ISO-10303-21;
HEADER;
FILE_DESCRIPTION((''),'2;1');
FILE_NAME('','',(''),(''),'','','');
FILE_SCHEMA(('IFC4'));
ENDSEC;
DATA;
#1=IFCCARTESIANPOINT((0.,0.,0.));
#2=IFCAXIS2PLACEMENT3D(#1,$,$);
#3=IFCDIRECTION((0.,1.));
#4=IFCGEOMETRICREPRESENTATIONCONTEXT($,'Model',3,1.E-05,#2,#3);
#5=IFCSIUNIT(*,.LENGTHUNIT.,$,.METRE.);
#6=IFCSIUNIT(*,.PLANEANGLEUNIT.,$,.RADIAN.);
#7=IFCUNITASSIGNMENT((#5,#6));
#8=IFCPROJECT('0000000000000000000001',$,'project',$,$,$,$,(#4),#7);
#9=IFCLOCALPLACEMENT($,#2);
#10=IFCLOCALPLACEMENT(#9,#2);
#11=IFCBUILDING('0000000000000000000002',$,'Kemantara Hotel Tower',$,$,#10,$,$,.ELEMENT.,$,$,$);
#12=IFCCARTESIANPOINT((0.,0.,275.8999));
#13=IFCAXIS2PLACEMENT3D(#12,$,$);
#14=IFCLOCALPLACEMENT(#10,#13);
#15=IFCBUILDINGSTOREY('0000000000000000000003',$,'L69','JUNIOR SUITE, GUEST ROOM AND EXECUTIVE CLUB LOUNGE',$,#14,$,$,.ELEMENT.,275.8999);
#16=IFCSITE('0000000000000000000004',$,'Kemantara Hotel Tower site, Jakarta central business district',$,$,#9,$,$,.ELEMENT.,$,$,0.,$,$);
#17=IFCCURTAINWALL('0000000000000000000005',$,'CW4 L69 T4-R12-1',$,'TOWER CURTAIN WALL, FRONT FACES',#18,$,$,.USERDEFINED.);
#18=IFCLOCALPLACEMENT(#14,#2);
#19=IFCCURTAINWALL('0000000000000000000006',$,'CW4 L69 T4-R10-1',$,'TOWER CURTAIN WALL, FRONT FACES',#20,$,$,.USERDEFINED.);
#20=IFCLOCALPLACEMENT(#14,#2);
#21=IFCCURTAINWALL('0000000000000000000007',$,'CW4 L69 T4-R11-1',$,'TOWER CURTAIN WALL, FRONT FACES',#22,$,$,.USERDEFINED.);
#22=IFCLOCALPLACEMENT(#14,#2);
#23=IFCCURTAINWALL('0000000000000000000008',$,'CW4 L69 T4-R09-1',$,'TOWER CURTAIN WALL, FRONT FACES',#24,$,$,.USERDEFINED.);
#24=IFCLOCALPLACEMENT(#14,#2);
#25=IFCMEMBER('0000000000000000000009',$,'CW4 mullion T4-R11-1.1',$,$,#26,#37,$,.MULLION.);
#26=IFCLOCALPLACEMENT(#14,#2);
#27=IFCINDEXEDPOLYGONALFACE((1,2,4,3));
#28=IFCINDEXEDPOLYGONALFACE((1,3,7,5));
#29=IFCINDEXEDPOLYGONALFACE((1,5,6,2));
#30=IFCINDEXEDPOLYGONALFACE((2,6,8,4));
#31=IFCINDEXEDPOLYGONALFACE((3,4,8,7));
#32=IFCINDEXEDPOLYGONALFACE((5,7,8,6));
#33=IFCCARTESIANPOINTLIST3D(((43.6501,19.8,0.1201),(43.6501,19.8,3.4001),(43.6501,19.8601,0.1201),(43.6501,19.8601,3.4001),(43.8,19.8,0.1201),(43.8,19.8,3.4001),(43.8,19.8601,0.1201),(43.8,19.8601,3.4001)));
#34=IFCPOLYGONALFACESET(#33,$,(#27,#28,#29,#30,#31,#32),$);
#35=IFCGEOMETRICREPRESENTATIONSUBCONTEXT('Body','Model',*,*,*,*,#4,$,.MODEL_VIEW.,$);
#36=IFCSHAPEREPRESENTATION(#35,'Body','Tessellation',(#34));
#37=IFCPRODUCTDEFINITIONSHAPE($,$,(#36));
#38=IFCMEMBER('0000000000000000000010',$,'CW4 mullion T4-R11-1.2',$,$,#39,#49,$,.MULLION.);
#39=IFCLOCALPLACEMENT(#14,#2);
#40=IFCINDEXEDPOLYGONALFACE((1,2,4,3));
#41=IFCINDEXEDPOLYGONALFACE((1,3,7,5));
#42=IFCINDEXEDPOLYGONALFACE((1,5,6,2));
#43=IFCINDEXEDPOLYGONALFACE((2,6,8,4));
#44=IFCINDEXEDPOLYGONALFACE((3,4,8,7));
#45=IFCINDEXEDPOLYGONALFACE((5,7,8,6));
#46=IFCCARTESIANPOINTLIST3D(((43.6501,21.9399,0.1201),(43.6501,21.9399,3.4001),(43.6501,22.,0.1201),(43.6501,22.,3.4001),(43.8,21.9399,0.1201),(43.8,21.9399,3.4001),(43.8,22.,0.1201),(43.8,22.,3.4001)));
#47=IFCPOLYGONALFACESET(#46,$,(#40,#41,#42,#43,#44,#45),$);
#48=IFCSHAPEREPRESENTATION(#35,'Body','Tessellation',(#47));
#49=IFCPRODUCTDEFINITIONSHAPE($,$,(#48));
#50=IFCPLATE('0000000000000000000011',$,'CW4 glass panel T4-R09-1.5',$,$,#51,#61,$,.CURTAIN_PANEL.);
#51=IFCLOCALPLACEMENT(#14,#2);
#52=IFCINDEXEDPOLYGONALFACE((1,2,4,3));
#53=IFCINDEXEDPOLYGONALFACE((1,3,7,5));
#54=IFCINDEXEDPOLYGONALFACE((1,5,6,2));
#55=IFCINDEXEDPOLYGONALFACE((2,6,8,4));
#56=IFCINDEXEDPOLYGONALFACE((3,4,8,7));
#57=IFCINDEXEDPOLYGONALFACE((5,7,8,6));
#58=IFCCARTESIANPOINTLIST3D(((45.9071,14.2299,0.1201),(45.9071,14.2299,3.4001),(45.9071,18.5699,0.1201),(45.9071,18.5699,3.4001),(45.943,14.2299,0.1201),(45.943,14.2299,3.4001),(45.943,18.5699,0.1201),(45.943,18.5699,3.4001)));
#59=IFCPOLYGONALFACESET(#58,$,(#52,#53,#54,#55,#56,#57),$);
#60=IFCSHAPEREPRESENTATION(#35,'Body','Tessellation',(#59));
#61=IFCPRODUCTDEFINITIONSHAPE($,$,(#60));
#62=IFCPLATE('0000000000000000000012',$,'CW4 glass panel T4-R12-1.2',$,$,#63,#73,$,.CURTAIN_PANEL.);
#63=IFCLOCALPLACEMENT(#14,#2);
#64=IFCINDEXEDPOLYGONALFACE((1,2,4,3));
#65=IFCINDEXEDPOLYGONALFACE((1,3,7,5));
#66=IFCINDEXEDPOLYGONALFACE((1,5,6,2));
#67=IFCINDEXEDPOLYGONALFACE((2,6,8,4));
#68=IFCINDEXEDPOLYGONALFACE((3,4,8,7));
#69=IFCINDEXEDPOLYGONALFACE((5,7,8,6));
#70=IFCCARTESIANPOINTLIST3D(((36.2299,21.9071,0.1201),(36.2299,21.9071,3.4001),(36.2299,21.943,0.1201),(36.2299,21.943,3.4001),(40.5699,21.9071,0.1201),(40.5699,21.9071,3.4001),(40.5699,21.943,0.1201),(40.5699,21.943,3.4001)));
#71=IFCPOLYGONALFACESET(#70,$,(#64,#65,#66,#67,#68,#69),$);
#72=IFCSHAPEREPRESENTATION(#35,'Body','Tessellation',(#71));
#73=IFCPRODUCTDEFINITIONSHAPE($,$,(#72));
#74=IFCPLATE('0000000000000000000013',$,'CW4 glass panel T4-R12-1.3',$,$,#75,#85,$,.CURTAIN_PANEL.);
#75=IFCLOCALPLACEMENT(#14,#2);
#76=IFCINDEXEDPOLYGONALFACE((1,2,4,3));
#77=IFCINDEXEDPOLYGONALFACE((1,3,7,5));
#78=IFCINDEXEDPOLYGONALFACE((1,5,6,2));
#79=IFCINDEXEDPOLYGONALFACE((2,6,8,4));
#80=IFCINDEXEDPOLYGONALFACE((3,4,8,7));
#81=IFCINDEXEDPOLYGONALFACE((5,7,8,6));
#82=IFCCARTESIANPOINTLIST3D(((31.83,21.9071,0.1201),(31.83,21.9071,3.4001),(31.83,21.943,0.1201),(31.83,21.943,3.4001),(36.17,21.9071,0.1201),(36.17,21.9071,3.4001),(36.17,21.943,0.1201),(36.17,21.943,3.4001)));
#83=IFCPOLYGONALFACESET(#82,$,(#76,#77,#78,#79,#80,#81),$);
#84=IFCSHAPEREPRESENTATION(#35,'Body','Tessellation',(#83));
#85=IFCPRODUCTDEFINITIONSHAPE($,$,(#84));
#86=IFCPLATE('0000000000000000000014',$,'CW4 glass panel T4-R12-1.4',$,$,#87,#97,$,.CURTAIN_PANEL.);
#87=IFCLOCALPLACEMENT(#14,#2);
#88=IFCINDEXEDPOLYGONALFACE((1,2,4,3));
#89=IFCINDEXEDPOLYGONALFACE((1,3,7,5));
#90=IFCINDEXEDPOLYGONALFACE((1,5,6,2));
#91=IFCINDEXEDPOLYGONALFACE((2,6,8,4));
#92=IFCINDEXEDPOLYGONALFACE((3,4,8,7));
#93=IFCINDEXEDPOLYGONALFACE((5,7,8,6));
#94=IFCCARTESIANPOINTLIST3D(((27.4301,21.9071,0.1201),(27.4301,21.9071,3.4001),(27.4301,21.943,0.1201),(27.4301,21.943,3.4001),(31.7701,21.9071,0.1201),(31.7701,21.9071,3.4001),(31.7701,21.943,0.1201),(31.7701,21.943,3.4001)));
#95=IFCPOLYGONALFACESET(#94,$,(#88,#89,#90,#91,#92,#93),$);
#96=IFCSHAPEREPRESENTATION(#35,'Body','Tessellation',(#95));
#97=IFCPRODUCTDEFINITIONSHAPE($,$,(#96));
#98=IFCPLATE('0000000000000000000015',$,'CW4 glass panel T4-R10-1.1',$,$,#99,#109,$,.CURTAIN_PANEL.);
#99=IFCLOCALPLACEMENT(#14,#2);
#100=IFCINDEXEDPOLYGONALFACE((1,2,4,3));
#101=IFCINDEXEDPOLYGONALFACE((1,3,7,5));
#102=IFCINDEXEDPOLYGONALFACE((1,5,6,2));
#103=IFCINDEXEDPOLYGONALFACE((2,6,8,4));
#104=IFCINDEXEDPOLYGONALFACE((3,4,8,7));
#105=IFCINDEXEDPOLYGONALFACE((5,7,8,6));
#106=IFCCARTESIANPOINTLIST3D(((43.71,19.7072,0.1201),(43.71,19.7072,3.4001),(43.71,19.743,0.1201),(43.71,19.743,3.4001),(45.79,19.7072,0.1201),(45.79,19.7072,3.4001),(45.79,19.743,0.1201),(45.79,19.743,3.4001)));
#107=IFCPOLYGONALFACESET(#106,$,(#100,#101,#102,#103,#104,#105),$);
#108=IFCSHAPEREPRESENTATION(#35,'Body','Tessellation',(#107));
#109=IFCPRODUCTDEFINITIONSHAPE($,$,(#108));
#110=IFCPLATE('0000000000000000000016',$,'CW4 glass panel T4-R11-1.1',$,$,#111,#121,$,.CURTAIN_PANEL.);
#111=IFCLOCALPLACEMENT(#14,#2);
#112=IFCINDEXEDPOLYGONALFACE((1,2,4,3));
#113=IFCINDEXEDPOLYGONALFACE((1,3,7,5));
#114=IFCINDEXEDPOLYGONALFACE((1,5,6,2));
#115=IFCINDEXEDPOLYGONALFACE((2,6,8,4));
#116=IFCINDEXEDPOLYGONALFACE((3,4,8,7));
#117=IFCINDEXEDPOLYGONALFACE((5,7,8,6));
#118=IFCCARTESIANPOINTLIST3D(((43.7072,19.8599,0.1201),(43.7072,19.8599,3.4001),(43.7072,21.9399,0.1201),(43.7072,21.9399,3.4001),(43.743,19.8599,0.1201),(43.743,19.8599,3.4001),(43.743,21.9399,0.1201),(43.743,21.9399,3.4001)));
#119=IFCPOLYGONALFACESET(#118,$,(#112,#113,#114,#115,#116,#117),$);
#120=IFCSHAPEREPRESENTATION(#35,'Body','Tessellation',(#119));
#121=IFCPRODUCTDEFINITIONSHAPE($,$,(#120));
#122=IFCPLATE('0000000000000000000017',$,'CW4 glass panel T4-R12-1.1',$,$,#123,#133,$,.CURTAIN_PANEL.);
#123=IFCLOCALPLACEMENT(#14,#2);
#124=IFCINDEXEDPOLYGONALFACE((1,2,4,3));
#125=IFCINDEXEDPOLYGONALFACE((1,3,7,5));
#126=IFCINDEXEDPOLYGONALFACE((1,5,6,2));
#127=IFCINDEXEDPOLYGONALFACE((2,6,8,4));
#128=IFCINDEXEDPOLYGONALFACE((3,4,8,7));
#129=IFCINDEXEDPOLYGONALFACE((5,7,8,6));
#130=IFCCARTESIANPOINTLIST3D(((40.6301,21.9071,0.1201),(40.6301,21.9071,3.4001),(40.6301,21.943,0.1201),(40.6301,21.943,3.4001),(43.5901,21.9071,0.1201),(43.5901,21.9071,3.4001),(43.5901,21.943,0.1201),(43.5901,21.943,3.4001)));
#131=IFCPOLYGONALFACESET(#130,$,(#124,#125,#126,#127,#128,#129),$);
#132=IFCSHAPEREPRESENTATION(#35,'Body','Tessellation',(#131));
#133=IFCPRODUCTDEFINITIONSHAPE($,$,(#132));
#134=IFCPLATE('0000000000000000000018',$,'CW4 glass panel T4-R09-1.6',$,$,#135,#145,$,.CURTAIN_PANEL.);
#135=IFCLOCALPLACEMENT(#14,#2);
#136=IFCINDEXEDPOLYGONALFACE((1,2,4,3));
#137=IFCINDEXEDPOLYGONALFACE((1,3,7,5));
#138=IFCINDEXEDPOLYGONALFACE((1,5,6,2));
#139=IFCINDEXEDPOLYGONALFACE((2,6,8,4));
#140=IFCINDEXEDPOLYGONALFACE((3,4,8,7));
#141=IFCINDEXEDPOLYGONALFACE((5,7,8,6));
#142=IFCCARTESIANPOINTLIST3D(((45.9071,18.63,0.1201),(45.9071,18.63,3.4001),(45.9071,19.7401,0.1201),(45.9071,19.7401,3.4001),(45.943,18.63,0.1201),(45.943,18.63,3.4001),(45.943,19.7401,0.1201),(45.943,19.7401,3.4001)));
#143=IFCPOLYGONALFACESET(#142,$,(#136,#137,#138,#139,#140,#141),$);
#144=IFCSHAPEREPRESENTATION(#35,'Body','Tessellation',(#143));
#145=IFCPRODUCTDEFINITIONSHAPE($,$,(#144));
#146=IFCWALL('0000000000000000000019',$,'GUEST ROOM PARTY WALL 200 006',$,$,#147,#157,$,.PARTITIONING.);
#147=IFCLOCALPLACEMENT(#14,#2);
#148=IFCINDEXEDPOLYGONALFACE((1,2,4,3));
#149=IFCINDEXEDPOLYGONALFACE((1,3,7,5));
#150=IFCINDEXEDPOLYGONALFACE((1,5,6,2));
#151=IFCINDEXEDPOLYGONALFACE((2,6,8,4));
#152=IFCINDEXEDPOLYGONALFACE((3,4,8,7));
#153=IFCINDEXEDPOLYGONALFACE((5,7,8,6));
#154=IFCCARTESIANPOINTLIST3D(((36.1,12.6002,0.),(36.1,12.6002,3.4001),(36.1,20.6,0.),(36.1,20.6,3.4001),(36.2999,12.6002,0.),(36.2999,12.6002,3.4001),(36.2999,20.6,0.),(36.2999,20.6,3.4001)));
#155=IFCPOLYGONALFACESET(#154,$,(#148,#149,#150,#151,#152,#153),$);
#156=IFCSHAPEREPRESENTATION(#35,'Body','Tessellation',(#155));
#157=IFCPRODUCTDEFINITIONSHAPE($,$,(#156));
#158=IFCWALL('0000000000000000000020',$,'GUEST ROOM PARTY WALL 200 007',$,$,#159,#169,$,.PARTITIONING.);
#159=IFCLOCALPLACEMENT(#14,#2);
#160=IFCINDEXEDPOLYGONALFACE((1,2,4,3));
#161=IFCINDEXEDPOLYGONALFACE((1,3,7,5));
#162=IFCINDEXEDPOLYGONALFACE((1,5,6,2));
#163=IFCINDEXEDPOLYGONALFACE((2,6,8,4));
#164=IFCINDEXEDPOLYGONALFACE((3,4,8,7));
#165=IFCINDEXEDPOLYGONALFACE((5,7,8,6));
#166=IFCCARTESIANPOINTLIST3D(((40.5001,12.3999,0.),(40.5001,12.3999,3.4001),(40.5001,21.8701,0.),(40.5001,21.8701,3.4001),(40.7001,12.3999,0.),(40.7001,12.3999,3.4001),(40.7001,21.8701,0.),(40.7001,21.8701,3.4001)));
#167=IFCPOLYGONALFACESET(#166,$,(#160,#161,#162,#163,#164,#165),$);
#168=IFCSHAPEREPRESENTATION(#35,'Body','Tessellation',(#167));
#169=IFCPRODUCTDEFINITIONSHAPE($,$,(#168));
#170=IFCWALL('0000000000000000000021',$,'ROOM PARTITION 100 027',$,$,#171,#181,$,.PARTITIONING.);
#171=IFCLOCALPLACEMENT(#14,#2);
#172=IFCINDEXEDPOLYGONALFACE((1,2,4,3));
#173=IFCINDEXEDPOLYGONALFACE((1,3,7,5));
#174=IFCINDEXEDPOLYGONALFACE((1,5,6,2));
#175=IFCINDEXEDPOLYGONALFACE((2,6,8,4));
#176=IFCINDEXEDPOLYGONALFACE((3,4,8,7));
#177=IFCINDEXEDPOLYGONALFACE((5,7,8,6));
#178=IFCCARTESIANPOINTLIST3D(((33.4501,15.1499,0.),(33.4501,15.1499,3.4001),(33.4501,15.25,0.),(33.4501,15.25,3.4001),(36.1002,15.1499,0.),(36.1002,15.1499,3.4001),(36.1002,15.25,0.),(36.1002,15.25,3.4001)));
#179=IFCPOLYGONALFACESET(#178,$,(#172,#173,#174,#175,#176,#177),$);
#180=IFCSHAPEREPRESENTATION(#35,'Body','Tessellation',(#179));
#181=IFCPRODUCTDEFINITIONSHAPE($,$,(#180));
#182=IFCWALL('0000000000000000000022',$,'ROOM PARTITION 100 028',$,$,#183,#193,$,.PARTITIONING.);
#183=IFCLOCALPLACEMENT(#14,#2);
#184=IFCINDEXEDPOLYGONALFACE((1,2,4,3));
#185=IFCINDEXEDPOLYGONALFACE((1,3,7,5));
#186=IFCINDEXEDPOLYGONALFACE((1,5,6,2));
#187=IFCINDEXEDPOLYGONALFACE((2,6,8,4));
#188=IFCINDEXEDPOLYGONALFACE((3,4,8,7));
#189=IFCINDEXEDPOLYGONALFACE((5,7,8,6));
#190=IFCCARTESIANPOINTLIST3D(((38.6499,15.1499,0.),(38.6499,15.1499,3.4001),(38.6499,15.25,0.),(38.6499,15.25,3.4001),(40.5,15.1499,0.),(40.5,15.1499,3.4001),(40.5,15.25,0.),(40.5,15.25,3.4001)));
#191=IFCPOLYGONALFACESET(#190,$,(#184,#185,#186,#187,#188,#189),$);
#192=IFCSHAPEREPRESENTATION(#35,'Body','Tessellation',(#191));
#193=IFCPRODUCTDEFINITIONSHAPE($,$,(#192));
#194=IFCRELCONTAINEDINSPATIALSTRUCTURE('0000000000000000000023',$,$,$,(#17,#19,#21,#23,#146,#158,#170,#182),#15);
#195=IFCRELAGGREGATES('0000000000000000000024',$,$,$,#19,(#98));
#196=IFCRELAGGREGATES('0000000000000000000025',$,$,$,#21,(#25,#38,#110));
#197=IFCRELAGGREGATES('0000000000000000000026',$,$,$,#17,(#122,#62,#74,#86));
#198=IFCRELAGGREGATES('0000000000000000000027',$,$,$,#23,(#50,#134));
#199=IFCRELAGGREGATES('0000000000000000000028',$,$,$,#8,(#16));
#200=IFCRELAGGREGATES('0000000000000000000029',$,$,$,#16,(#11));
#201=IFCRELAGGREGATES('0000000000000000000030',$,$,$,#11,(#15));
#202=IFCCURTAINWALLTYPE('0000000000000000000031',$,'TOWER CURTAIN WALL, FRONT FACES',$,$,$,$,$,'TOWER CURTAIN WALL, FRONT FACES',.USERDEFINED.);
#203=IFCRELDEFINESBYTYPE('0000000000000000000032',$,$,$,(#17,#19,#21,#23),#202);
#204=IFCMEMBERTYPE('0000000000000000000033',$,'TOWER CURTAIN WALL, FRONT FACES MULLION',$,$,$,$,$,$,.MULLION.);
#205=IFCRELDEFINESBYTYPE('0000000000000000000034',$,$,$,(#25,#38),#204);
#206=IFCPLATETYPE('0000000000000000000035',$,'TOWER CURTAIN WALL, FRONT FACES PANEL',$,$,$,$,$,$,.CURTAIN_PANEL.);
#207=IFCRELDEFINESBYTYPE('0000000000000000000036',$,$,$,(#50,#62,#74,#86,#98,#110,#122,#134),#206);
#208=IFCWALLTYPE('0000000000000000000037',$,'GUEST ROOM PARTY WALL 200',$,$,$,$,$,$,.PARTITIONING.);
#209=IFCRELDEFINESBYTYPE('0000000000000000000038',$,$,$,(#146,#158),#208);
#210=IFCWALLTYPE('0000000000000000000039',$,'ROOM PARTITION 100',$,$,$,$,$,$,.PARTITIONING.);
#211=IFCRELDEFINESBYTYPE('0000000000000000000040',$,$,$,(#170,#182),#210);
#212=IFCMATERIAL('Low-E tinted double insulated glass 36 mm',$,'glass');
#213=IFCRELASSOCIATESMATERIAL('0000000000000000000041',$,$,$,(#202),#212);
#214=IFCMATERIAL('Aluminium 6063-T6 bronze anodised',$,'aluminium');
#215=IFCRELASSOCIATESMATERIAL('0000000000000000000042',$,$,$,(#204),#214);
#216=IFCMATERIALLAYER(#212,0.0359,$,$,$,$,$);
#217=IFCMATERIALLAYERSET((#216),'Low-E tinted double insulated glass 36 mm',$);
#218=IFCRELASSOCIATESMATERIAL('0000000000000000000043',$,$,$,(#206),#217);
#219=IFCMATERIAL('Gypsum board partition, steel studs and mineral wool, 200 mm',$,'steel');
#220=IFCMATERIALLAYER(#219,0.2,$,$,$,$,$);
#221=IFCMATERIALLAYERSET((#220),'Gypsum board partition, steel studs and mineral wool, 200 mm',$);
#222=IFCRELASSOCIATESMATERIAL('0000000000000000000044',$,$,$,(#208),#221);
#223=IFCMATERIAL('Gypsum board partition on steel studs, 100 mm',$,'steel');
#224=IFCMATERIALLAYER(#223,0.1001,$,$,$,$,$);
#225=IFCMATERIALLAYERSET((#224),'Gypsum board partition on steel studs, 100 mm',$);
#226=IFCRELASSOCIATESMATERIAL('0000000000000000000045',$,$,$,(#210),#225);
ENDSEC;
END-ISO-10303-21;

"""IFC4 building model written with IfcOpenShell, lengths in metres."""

from ifc_helpers import new_model, si_unit, direction, frame, frame_2d, origin, origin_2d, place, context, subcontext, project, spatial, rectangle, extrude, source, transform, mapped, material, layer, layer_set, material_profile, profile_set, type_object, element, aggregate, save


model = new_model("IFC4")

# Units and contexts
model_context = context("Model", 3, precision=1e-05, world=origin(), true_north=direction((0.0, 1.0)))
body_context = subcontext(model_context, "Body", "Model", "MODEL_VIEW")
ifc_project = project(units=[si_unit("LENGTHUNIT", "METRE"), si_unit("PLANEANGLEUNIT", "RADIAN")], contexts=[model_context])

# Site, building, storey
site_placement = place(None, origin())
site = spatial("IfcSite", under=ifc_project, at=site_placement, Name="Kemantara Hotel Tower site, Jakarta central business district", CompositionType="ELEMENT", RefElevation=0.0)
building_placement = place(site_placement, origin())
building = spatial("IfcBuilding", under=site, at=building_placement, Name="Kemantara Hotel Tower", CompositionType="ELEMENT")
storey_placement = place(building_placement, frame((0.0, 0.0, 275.8999)))
storey = spatial("IfcBuildingStorey", under=building, at=storey_placement, Name="L69", Description="JUNIOR SUITE, GUEST ROOM AND EXECUTIVE CLUB LOUNGE", CompositionType="ELEMENT", Elevation=275.8999)

# Curtain walls
ifc_material_1 = material(Name="Low-E tinted double insulated glass 36 mm", Category="glass")
curtain_wall_type = type_object("IfcCurtainWallType", Name="TOWER CURTAIN WALL, FRONT FACES", ElementType="TOWER CURTAIN WALL, FRONT FACES", PredefinedType="USERDEFINED", material=ifc_material_1)
curtain_wall_1_placement = place(storey_placement, origin())
curtain_wall_1 = element("IfcCurtainWall", 1, at=curtain_wall_1_placement, inside=storey, type_object=curtain_wall_type, Name="CW4 L69 T4-R12-1", ObjectType="TOWER CURTAIN WALL, FRONT FACES", PredefinedType="USERDEFINED")
ifc_material_2 = material(Name="Aluminium 6063-T6 bronze anodised", Category="aluminium")
curtain_wall_2_placement = place(storey_placement, origin())
curtain_wall_2 = element("IfcCurtainWall", 2, at=curtain_wall_2_placement, inside=storey, type_object=curtain_wall_type, Name="CW4 L69 T4-R10-1", ObjectType="TOWER CURTAIN WALL, FRONT FACES", PredefinedType="USERDEFINED")
curtain_wall_3_placement = place(storey_placement, origin())
curtain_wall_3 = element("IfcCurtainWall", 3, at=curtain_wall_3_placement, inside=storey, type_object=curtain_wall_type, Name="CW4 L69 T4-R11-1", ObjectType="TOWER CURTAIN WALL, FRONT FACES", PredefinedType="USERDEFINED")

# Curtain wall
curtain_wall_4_placement = place(storey_placement, origin())
curtain_wall_4 = element("IfcCurtainWall", 4, at=curtain_wall_4_placement, inside=storey, type_object=curtain_wall_type, Name="CW4 L69 T4-R09-1", ObjectType="TOWER CURTAIN WALL, FRONT FACES", PredefinedType="USERDEFINED")
ifc_material_profile_1 = material_profile(ifc_material_2, rectangle(XDim=0.1499, YDim=0.0601, at=origin_2d()), Name="TOWER CURTAIN WALL, FRONT FACES MULLION")
ifc_profile_set_1 = profile_set([ifc_material_profile_1], Name="Aluminium 6063-T6 bronze anodised")
member_type_1 = type_object("IfcMemberType", Name="TOWER CURTAIN WALL, FRONT FACES MULLION", PredefinedType="MULLION", material=ifc_profile_set_1)
shared_shape_1 = source(origin(), body_context, "Body", "SweptSolid", [
    extrude(rectangle(XDim=0.1499, YDim=0.0601, at=origin_2d()), origin(), (0.0, 0.0, 1.0), 3.28),
])

# Members
member_1_placement = place(storey_placement, frame((43.7251, 19.8301, 0.1201), z_axis=(0.0, 0.0, 1.0), x_axis=(-1.0, 0.0, 0.0)))
member_1 = element("IfcMember", 5, at=member_1_placement, type_object=member_type_1, Name="CW4 mullion T4-R11-1.1", PredefinedType="MULLION", context=body_context, shape_type="MappedRepresentation", body=[
    mapped(shared_shape_1, transform((0.0, 0.0, 0.0))),
])
member_2_placement = place(storey_placement, frame((43.7251, 21.97, 0.1201), z_axis=(0.0, 0.0, 1.0), x_axis=(-1.0, 0.0, 0.0)))
member_2 = element("IfcMember", 6, at=member_2_placement, type_object=member_type_1, Name="CW4 mullion T4-R11-1.2", PredefinedType="MULLION", context=body_context, shape_type="MappedRepresentation", body=[
    mapped(shared_shape_1, transform((0.0, 0.0, 0.0))),
])

# Plates
ifc_layer_1 = layer(ifc_material_1, 0.0359)
ifc_layer_set_1 = layer_set([ifc_layer_1], Name="Low-E tinted double insulated glass 36 mm")
plate_type = type_object("IfcPlateType", Name="TOWER CURTAIN WALL, FRONT FACES PANEL", PredefinedType="CURTAIN_PANEL", material=ifc_layer_set_1)
shared_shape_2 = source(origin(), body_context, "Body", "SweptSolid", [
    extrude(rectangle(XDim=4.3401, YDim=0.0359, at=origin_2d()), origin(), (0.0, 0.0, 1.0), 3.28),
])
plate_1_placement = place(storey_placement, frame((45.925, 16.3999, 0.1201), z_axis=(0.0, 0.0, 1.0), x_axis=(0.0, 1.0, 0.0)))
plate_1 = element("IfcPlate", 7, at=plate_1_placement, type_object=plate_type, Name="CW4 glass panel T4-R09-1.5", PredefinedType="CURTAIN_PANEL", context=body_context, shape_type="MappedRepresentation", body=[
    mapped(shared_shape_2, transform((0.0, 0.0, 0.0))),
])
plate_2_placement = place(storey_placement, frame((38.3999, 21.925, 0.1201), z_axis=(0.0, 0.0, 1.0), x_axis=(-1.0, 0.0, 0.0)))
plate_2 = element("IfcPlate", 8, at=plate_2_placement, type_object=plate_type, Name="CW4 glass panel T4-R12-1.2", PredefinedType="CURTAIN_PANEL", context=body_context, shape_type="MappedRepresentation", body=[
    mapped(shared_shape_2, transform((0.0, 0.0, 0.0))),
])
plate_3_placement = place(storey_placement, frame((34.0, 21.925, 0.1201), z_axis=(0.0, 0.0, 1.0), x_axis=(-1.0, 0.0, 0.0)))
plate_3 = element("IfcPlate", 9, at=plate_3_placement, type_object=plate_type, Name="CW4 glass panel T4-R12-1.3", PredefinedType="CURTAIN_PANEL", context=body_context, shape_type="MappedRepresentation", body=[
    mapped(shared_shape_2, transform((0.0, 0.0, 0.0))),
])
plate_4_placement = place(storey_placement, frame((29.6001, 21.925, 0.1201), z_axis=(0.0, 0.0, 1.0), x_axis=(-1.0, 0.0, 0.0)))
plate_4 = element("IfcPlate", 10, at=plate_4_placement, type_object=plate_type, Name="CW4 glass panel T4-R12-1.4", PredefinedType="CURTAIN_PANEL", context=body_context, shape_type="MappedRepresentation", body=[
    mapped(shared_shape_2, transform((0.0, 0.0, 0.0))),
])
shared_shape_3 = source(origin(), body_context, "Body", "SweptSolid", [
    extrude(rectangle(XDim=2.0801, YDim=0.0359, at=origin_2d()), origin(), (0.0, 0.0, 1.0), 3.28),
])
plate_5_placement = place(storey_placement, frame((44.75, 19.7251, 0.1201), z_axis=(0.0, 0.0, 1.0), x_axis=(-1.0, 0.0, 0.0)))
plate_5 = element("IfcPlate", 11, at=plate_5_placement, type_object=plate_type, Name="CW4 glass panel T4-R10-1.1", PredefinedType="CURTAIN_PANEL", context=body_context, shape_type="MappedRepresentation", body=[
    mapped(shared_shape_3, transform((0.0, 0.0, 0.0))),
])
aggregate(curtain_wall_2, [plate_5])
plate_6_placement = place(storey_placement, frame((43.7251, 20.8999, 0.1201), z_axis=(0.0, 0.0, 1.0), x_axis=(0.0, 1.0, 0.0)))
plate_6 = element("IfcPlate", 12, at=plate_6_placement, type_object=plate_type, Name="CW4 glass panel T4-R11-1.1", PredefinedType="CURTAIN_PANEL", context=body_context, shape_type="MappedRepresentation", body=[
    mapped(shared_shape_3, transform((0.0, 0.0, 0.0))),
])
aggregate(curtain_wall_3, [member_1, member_2, plate_6])
shared_shape_4 = source(origin(), body_context, "Body", "SweptSolid", [
    extrude(rectangle(XDim=2.96, YDim=0.0359, at=origin_2d()), origin(), (0.0, 0.0, 1.0), 3.28),
])
plate_7_placement = place(storey_placement, frame((42.1101, 21.925, 0.1201), z_axis=(0.0, 0.0, 1.0), x_axis=(-1.0, 0.0, 0.0)))
plate_7 = element("IfcPlate", 13, at=plate_7_placement, type_object=plate_type, Name="CW4 glass panel T4-R12-1.1", PredefinedType="CURTAIN_PANEL", context=body_context, shape_type="MappedRepresentation", body=[
    mapped(shared_shape_4, transform((0.0, 0.0, 0.0))),
])
aggregate(curtain_wall_1, [plate_7, plate_2, plate_3, plate_4])
shared_shape_5 = source(origin(), body_context, "Body", "SweptSolid", [
    extrude(rectangle(XDim=1.1101, YDim=0.0359, at=origin_2d()), origin(), (0.0, 0.0, 1.0), 3.28),
])
plate_8_placement = place(storey_placement, frame((45.925, 19.1851, 0.1201), z_axis=(0.0, 0.0, 1.0), x_axis=(0.0, 1.0, 0.0)))
plate_8 = element("IfcPlate", 14, at=plate_8_placement, type_object=plate_type, Name="CW4 glass panel T4-R09-1.6", PredefinedType="CURTAIN_PANEL", context=body_context, shape_type="MappedRepresentation", body=[
    mapped(shared_shape_5, transform((0.0, 0.0, 0.0))),
])
aggregate(curtain_wall_4, [plate_1, plate_8])

# Walls
ifc_material_3 = material(Name="Gypsum board partition, steel studs and mineral wool, 200 mm", Category="steel")
ifc_layer_2 = layer(ifc_material_3, 0.2)
ifc_layer_set_2 = layer_set([ifc_layer_2], Name="Gypsum board partition, steel studs and mineral wool, 200 mm")
wall_type_1 = type_object("IfcWallType", Name="GUEST ROOM PARTY WALL 200", PredefinedType="PARTITIONING", material=ifc_layer_set_2)
wall_1_placement = place(storey_placement, frame((36.2, 12.6001, 0.0), z_axis=(0.0, 0.0, 1.0), x_axis=(0.0, 1.0, 0.0)))
element("IfcWall", 15, at=wall_1_placement, inside=storey, type_object=wall_type_1, Name="GUEST ROOM PARTY WALL 200 006", PredefinedType="PARTITIONING", context=body_context, shape_type="SweptSolid", body=[
    extrude(rectangle(XDim=7.9998, YDim=0.2, at=frame_2d((4.0, 0.0))), origin(), (0.0, 0.0, 1.0), 3.4001),
])
wall_2_placement = place(storey_placement, frame((40.6001, 12.3999, 0.0), z_axis=(0.0, 0.0, 1.0), x_axis=(0.0, 1.0, 0.0)))
element("IfcWall", 16, at=wall_2_placement, inside=storey, type_object=wall_type_1, Name="GUEST ROOM PARTY WALL 200 007", PredefinedType="PARTITIONING", context=body_context, shape_type="SweptSolid", body=[
    extrude(rectangle(XDim=9.4702, YDim=0.2, at=frame_2d((4.7351, 0.0))), origin(), (0.0, 0.0, 1.0), 3.4001),
])
ifc_material_4 = material(Name="Gypsum board partition on steel studs, 100 mm", Category="steel")
ifc_layer_3 = layer(ifc_material_4, 0.1001)
ifc_layer_set_3 = layer_set([ifc_layer_3], Name="Gypsum board partition on steel studs, 100 mm")
wall_type_2 = type_object("IfcWallType", Name="ROOM PARTITION 100", PredefinedType="PARTITIONING", material=ifc_layer_set_3)
wall_3_placement = place(storey_placement, frame((33.45, 15.2, 0.0), z_axis=(0.0, 0.0, 1.0), x_axis=(1.0, 0.0, 0.0)))
element("IfcWall", 17, at=wall_3_placement, inside=storey, type_object=wall_type_2, Name="ROOM PARTITION 100 027", PredefinedType="PARTITIONING", context=body_context, shape_type="SweptSolid", body=[
    extrude(rectangle(XDim=2.6501, YDim=0.1001, at=frame_2d((1.3252, 0.0))), origin(), (0.0, 0.0, 1.0), 3.4001),
])
wall_4_placement = place(storey_placement, frame((38.6499, 15.2, 0.0), z_axis=(0.0, 0.0, 1.0), x_axis=(1.0, 0.0, 0.0)))
element("IfcWall", 18, at=wall_4_placement, inside=storey, type_object=wall_type_2, Name="ROOM PARTITION 100 028", PredefinedType="PARTITIONING", context=body_context, shape_type="SweptSolid", body=[
    extrude(rectangle(XDim=1.8501, YDim=0.1001, at=frame_2d((0.925, 0.0))), origin(), (0.0, 0.0, 1.0), 3.4001),
])

save(model, "model.ifc")
